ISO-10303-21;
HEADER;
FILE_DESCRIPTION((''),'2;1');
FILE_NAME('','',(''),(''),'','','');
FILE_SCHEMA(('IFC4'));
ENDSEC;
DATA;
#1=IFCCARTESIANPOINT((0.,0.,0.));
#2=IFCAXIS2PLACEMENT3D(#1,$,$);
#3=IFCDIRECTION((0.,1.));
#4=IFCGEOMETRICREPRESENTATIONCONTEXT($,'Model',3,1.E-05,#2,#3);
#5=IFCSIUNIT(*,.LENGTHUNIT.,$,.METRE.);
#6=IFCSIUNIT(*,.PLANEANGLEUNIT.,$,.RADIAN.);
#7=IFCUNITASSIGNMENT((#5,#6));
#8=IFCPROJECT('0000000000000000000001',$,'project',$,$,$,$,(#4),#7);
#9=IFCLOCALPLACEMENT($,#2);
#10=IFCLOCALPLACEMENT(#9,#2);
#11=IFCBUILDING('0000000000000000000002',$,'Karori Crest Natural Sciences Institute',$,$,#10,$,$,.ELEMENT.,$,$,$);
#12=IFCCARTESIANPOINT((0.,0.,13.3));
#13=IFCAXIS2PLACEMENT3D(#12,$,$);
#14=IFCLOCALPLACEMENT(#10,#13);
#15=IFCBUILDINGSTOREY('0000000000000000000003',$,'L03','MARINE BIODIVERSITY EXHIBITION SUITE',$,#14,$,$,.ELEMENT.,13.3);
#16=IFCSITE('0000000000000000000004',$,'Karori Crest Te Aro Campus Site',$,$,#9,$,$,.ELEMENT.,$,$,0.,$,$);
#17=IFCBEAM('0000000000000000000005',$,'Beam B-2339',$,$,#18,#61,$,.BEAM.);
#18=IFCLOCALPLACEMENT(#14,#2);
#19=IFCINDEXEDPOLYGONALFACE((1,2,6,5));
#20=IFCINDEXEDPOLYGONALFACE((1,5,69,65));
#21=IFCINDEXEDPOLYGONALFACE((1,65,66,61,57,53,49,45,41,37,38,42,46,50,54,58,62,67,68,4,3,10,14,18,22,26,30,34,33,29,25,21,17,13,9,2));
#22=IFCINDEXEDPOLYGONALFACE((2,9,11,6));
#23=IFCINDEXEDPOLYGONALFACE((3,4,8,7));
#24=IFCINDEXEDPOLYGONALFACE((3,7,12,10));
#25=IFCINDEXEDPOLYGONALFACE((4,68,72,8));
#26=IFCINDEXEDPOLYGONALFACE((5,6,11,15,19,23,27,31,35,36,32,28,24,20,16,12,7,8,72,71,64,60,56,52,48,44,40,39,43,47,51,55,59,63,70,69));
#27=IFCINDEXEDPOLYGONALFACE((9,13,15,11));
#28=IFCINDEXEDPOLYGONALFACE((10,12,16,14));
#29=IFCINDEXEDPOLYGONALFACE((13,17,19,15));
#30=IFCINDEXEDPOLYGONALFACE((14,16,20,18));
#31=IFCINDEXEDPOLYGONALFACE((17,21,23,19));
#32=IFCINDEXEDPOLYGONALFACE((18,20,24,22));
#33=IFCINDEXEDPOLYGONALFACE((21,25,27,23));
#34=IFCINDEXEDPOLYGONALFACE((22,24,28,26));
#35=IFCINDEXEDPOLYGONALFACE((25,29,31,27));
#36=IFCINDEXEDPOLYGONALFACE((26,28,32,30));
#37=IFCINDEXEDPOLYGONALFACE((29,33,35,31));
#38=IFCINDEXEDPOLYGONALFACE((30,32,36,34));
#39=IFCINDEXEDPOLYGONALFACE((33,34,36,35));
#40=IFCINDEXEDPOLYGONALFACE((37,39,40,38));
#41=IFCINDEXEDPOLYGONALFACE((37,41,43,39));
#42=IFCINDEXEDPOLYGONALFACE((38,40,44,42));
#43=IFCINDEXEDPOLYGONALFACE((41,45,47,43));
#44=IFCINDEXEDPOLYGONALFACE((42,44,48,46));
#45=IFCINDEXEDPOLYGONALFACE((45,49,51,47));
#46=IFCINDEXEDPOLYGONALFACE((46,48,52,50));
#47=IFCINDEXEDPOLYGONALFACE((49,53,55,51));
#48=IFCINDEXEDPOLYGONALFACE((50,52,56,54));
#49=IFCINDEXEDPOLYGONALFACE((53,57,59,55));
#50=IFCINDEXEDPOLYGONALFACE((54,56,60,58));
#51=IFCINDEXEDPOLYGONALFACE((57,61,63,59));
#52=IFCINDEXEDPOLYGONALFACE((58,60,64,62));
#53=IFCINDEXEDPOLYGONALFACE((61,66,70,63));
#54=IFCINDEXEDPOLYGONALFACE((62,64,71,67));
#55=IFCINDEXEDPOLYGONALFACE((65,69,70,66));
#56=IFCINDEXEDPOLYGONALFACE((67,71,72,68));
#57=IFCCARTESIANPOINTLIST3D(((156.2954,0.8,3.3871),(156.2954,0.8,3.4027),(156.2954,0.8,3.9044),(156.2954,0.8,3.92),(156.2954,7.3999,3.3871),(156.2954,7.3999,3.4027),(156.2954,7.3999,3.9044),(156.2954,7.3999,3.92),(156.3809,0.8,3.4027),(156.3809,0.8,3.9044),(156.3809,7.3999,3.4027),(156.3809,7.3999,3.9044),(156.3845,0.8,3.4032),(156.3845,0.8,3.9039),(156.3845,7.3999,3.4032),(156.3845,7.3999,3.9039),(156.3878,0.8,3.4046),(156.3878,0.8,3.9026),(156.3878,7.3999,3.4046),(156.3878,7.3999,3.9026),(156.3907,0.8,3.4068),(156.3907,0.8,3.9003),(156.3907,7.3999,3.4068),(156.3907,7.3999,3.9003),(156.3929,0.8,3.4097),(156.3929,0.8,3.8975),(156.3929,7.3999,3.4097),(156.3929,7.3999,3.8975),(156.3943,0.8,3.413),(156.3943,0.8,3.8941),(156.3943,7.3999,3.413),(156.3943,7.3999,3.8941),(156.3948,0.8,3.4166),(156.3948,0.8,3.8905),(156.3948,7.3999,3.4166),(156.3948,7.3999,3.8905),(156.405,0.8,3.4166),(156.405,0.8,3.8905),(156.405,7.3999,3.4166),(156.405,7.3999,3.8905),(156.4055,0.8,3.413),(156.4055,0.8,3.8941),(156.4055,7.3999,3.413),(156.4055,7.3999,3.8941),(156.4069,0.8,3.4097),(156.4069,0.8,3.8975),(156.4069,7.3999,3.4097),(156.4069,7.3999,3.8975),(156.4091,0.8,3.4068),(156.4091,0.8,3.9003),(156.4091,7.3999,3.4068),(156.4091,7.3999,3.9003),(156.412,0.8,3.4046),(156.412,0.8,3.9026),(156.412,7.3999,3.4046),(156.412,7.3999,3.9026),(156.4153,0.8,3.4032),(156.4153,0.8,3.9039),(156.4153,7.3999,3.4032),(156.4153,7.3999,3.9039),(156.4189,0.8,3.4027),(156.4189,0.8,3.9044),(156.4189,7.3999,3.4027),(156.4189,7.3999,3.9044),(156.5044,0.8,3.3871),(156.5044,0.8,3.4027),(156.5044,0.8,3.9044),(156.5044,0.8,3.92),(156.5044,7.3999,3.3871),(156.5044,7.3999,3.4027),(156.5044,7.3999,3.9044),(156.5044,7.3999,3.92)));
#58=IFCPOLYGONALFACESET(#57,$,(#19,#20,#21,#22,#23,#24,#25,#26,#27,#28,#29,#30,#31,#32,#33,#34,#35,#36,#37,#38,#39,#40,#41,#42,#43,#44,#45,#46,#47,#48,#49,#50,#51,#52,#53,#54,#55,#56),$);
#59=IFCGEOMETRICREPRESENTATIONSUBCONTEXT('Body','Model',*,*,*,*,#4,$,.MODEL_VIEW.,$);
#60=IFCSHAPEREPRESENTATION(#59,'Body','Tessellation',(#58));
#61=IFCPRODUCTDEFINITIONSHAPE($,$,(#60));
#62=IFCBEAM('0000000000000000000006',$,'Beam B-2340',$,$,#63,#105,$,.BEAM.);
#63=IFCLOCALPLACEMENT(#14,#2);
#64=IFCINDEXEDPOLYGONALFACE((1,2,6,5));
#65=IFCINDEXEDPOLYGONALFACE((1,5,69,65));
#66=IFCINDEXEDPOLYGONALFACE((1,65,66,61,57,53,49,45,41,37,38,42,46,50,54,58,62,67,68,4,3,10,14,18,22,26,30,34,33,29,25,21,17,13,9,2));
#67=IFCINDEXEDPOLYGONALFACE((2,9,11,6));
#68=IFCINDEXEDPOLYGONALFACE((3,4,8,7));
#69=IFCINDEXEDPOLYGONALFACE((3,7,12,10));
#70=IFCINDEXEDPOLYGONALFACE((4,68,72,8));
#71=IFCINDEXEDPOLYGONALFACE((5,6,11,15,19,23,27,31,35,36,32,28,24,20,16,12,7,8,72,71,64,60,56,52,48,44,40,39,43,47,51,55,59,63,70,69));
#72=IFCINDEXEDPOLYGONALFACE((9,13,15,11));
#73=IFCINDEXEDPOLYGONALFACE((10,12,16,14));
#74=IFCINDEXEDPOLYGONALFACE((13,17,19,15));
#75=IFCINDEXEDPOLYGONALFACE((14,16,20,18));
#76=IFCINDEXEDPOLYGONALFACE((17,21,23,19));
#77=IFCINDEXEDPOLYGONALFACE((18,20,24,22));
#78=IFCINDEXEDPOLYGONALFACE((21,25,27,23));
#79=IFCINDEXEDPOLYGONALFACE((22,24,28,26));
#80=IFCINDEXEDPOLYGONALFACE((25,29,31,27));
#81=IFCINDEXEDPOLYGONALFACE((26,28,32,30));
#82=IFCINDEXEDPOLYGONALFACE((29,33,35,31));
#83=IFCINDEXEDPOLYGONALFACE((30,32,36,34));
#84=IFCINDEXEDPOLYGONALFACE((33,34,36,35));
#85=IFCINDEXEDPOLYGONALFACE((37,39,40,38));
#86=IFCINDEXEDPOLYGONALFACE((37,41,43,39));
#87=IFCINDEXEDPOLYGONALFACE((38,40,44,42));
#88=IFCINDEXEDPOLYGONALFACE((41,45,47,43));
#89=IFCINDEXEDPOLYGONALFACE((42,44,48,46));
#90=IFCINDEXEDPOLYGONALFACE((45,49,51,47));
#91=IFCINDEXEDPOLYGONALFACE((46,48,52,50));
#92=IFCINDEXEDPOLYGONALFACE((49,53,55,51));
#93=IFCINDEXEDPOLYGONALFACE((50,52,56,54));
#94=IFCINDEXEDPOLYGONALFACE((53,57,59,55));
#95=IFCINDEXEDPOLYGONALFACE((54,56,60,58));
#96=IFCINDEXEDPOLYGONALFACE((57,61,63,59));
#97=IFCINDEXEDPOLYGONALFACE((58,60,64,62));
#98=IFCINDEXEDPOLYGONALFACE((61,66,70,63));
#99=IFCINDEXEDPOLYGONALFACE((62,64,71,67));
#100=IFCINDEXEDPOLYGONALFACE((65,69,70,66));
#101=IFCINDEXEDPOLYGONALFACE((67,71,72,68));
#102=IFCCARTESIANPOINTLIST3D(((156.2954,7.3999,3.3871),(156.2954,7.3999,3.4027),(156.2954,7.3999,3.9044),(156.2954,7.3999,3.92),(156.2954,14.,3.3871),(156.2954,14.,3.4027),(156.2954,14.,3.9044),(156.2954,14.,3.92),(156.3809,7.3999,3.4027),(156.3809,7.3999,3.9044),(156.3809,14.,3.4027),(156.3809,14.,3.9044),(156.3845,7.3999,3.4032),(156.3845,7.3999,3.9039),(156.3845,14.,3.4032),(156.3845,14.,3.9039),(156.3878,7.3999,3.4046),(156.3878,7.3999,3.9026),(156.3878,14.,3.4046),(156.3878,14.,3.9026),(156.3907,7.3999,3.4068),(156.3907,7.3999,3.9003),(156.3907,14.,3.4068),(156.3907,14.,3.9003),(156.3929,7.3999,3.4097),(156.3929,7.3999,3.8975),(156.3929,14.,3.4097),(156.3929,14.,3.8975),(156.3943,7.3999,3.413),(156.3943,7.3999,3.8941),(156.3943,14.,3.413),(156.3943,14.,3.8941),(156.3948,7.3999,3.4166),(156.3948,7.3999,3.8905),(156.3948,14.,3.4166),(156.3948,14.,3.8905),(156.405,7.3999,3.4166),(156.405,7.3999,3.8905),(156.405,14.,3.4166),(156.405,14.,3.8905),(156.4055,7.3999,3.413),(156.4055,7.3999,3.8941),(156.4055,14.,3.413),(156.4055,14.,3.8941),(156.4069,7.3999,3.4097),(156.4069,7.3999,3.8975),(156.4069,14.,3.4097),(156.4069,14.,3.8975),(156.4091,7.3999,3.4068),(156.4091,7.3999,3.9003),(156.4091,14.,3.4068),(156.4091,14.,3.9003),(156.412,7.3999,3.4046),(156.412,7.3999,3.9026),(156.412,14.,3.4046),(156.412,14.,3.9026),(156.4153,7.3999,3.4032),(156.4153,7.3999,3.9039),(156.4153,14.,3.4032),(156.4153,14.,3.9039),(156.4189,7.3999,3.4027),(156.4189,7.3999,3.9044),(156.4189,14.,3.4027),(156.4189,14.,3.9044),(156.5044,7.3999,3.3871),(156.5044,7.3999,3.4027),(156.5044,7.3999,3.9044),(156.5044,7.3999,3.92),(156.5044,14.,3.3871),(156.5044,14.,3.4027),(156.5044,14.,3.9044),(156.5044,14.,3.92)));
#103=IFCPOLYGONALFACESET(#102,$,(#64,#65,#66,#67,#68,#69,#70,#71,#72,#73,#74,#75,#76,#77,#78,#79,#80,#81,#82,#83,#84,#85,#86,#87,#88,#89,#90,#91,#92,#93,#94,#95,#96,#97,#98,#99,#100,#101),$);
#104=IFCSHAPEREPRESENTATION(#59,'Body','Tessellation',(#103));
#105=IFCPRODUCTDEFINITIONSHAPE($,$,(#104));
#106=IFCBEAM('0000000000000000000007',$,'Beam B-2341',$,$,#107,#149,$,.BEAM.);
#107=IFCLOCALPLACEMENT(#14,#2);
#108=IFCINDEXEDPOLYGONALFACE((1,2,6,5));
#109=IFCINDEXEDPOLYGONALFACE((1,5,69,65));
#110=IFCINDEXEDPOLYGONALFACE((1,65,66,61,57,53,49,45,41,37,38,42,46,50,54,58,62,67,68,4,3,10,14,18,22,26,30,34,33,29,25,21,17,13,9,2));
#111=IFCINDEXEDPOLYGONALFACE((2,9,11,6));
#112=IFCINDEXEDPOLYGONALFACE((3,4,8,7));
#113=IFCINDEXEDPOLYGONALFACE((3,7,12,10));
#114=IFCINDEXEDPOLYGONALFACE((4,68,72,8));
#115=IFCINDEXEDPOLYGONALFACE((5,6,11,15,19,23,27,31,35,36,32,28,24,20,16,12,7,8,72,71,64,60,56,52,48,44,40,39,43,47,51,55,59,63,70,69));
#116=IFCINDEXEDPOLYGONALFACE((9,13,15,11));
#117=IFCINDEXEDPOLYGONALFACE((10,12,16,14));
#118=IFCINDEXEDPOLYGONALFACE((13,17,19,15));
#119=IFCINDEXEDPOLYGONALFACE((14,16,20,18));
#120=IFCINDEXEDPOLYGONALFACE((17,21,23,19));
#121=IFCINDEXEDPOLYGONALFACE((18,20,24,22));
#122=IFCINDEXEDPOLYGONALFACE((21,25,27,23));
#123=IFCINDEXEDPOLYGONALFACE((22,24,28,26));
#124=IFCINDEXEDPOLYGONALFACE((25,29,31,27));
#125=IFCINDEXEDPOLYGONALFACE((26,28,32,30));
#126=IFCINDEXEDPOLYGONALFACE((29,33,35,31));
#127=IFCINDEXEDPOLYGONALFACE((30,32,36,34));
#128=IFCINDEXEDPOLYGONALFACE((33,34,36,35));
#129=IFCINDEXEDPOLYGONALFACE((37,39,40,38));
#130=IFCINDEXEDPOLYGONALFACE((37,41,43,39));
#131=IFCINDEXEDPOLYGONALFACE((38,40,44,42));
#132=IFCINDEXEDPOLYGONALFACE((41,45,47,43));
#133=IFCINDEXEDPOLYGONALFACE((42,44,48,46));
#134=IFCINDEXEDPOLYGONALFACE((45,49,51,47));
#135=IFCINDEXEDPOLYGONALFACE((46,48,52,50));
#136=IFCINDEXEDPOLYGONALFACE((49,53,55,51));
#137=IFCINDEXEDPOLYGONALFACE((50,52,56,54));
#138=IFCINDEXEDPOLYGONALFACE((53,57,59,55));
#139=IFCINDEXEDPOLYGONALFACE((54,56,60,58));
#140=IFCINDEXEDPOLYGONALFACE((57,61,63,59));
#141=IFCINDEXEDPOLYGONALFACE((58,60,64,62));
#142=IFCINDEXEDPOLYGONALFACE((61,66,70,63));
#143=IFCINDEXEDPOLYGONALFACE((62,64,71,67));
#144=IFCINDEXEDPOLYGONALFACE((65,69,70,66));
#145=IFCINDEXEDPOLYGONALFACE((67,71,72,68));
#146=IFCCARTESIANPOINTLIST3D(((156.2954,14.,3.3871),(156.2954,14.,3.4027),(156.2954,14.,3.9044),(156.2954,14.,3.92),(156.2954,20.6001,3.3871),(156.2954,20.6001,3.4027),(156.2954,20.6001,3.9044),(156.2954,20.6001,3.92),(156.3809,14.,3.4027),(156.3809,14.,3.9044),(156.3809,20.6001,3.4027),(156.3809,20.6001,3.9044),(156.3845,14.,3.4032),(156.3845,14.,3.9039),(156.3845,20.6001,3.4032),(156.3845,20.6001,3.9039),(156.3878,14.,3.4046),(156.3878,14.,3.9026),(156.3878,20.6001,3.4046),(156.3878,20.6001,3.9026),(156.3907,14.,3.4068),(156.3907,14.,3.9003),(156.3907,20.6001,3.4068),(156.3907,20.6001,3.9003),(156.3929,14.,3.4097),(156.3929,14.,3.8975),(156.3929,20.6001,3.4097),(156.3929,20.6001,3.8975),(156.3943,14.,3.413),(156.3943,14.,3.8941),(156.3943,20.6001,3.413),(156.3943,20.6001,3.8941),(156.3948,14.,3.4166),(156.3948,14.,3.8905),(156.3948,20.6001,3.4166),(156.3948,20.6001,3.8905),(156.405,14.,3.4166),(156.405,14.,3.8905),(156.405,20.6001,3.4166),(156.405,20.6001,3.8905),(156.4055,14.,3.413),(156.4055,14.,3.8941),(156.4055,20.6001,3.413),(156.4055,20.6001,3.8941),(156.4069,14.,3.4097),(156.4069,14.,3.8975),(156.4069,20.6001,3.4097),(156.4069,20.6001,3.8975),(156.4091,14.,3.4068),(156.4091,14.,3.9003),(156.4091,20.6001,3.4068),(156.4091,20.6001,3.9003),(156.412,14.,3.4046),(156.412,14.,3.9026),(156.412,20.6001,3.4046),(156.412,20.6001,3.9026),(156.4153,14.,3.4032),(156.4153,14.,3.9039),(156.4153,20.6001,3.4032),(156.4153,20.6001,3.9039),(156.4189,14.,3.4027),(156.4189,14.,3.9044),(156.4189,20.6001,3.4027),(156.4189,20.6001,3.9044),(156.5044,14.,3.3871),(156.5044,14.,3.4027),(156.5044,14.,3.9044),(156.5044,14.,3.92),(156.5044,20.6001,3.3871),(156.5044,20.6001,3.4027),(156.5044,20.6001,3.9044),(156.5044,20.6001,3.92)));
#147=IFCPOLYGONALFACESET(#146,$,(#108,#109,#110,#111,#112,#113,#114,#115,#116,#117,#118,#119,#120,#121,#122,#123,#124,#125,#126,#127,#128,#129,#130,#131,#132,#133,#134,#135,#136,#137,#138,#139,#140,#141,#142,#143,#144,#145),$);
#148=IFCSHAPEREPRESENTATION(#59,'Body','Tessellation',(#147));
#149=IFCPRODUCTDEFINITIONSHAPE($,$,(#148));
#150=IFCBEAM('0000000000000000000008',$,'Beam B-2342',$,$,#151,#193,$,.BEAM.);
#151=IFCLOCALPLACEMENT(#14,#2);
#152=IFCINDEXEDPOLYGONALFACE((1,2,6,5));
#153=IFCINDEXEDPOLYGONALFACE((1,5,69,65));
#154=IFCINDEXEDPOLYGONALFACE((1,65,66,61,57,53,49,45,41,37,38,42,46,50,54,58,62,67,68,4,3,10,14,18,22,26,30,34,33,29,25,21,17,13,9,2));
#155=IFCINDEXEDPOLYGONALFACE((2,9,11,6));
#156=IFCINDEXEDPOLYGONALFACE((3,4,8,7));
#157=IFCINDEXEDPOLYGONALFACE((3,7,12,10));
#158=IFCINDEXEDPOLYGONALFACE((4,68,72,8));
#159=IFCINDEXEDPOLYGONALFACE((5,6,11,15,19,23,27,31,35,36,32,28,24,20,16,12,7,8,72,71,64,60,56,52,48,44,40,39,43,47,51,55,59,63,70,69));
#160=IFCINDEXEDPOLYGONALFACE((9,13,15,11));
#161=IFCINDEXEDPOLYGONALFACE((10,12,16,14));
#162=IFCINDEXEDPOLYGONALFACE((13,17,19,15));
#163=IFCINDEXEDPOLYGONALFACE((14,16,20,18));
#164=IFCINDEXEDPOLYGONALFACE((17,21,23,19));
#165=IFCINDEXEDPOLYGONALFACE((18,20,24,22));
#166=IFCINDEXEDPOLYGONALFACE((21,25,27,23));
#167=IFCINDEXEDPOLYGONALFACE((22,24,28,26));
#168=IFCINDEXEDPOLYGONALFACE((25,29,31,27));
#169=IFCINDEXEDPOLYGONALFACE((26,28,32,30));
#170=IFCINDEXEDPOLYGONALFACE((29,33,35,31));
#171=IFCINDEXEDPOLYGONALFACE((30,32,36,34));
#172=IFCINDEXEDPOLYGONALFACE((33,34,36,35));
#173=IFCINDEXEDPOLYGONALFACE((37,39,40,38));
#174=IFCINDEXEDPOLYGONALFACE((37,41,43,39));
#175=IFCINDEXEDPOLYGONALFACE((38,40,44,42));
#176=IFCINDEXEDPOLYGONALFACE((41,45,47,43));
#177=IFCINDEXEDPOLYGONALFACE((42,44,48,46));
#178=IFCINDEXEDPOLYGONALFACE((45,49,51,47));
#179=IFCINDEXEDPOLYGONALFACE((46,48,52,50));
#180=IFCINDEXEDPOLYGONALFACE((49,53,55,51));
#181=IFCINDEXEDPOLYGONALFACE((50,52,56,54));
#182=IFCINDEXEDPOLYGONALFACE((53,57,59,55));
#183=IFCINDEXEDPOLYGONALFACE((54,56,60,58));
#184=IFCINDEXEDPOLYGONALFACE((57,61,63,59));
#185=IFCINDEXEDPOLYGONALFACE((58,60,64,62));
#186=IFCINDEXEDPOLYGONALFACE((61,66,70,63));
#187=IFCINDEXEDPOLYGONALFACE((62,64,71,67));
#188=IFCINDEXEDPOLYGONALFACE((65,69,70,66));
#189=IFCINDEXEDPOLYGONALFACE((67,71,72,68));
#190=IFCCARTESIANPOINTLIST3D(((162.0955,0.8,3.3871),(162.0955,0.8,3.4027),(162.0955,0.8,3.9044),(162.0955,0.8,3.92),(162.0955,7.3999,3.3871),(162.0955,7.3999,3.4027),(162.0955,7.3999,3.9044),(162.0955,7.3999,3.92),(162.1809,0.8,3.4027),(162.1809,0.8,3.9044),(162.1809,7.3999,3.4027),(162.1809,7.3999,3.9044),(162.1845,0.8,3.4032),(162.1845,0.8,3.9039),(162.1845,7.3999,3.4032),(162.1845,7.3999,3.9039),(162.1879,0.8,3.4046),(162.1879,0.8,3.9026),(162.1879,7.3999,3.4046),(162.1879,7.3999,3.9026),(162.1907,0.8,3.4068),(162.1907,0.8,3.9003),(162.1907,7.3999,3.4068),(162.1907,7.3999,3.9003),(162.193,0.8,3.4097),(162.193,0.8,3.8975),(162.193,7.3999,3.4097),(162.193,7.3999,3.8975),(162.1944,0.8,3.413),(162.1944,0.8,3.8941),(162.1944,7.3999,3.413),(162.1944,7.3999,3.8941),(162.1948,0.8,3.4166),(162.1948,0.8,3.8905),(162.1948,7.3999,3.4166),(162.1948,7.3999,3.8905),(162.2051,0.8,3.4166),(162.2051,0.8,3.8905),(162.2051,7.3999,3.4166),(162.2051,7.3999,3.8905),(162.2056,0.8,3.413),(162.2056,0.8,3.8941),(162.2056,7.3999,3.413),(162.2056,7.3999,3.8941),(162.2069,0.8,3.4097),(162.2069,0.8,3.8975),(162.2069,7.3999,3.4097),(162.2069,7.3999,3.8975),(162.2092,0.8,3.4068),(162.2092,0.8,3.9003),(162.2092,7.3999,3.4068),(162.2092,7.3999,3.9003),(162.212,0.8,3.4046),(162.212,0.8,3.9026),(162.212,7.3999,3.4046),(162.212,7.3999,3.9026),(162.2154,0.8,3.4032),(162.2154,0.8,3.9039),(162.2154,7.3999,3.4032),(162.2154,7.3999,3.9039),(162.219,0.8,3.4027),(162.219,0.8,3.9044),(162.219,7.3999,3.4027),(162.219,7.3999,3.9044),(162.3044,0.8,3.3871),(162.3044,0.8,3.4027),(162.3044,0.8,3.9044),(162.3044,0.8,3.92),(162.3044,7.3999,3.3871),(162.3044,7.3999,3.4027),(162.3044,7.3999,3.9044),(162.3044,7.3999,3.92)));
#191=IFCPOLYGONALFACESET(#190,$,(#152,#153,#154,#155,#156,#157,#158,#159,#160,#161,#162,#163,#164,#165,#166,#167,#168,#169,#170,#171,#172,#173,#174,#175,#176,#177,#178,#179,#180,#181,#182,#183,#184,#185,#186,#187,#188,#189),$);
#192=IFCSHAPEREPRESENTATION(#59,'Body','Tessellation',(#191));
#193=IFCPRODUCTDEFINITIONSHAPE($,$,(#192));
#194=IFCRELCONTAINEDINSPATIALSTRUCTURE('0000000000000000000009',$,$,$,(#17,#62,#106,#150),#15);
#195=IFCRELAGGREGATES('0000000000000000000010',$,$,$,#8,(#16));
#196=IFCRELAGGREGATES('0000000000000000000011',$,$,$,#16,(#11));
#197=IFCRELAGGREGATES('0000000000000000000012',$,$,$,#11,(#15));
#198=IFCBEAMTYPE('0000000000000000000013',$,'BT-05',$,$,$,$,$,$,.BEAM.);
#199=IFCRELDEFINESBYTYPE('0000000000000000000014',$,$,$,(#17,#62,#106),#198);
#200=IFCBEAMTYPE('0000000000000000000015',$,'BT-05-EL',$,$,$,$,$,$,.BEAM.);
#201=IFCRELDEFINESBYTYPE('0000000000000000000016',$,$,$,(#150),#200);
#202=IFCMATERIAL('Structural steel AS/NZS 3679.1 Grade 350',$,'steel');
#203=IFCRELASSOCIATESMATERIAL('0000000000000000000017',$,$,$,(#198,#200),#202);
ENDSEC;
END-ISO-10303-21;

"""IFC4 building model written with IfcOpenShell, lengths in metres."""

from ifc_helpers import new_model, si_unit, direction, frame, origin, origin_2d, place, context, subcontext, project, spatial, i_section, extrude, material, material_profile, profile_set, type_object, element, save


model = new_model("IFC4")

# Units and contexts
model_context = context("Model", 3, precision=1e-05, world=origin(), true_north=direction((0.0, 1.0)))
body_context = subcontext(model_context, "Body", "Model", "MODEL_VIEW")
ifc_project = project(units=[si_unit("LENGTHUNIT", "METRE"), si_unit("PLANEANGLEUNIT", "RADIAN")], contexts=[model_context])

# Site, building, storey
site_placement = place(None, origin())
site = spatial("IfcSite", under=ifc_project, at=site_placement, Name="Karori Crest Te Aro Campus Site", CompositionType="ELEMENT", RefElevation=0.0)
building_placement = place(site_placement, origin())
building = spatial("IfcBuilding", under=site, at=building_placement, Name="Karori Crest Natural Sciences Institute", CompositionType="ELEMENT")
storey_placement = place(building_placement, frame((0.0, 0.0, 13.3)))
storey = spatial("IfcBuildingStorey", under=building, at=storey_placement, Name="L03", Description="MARINE BIODIVERSITY EXHIBITION SUITE", CompositionType="ELEMENT", Elevation=13.3)

# Shared definitions
ifc_material_1 = material(Name="Structural steel AS/NZS 3679.1 Grade 350", Category="steel")

# Beams
ifc_material_profile_1 = material_profile(ifc_material_1, i_section(OverallWidth=0.209, OverallDepth=0.533, WebThickness=0.0103, FlangeThickness=0.0156, FilletRadius=0.0139, at=origin_2d()), Name="530UB92.4")
ifc_profile_set_1 = profile_set([ifc_material_profile_1], Name="Structural steel AS/NZS 3679.1 Grade 350")
beam_type_1 = type_object("IfcBeamType", Name="BT-05", PredefinedType="BEAM", material=ifc_profile_set_1)
beam_1_placement = place(storey_placement, frame((156.3999, 0.8, 3.6536), z_axis=(0.0, 1.0, 0.0), x_axis=(-1.0, 0.0, 0.0)))
element("IfcBeam", 1, at=beam_1_placement, inside=storey, type_object=beam_type_1, Name="Beam B-2339", PredefinedType="BEAM", context=body_context, shape_type="SweptSolid", body=[
    extrude(i_section(OverallWidth=0.209, OverallDepth=0.533, WebThickness=0.0103, FlangeThickness=0.0156, FilletRadius=0.0139, at=origin_2d()), origin(), (0.0, 0.0, 1.0), 6.5999),
])
for number, where, z_axis, x_axis, name in (
    (2, (156.3999, 7.3999, 3.6536), (0.0, 1.0, 0.0), (-1.0, 0.0, 0.0), "Beam B-2340"),
    (3, (156.3999, 14.0, 3.6536), (0.0, 1.0, 0.0), (-1.0, 0.0, 0.0), "Beam B-2341"),
):
    element("IfcBeam", number, at=place(storey_placement, frame(where, z_axis=z_axis, x_axis=x_axis)), inside=storey, type_object=beam_type_1, Name=name, PredefinedType="BEAM", context=body_context, shape_type="SweptSolid", body=[
        extrude(i_section(OverallWidth=0.209, OverallDepth=0.533, WebThickness=0.0103, FlangeThickness=0.0156, FilletRadius=0.0139, at=origin_2d()), origin(), (0.0, 0.0, 1.0), 6.6001),
    ])
ifc_material_profile_2 = material_profile(ifc_material_1, i_section(OverallWidth=0.209, OverallDepth=0.533, WebThickness=0.0103, FlangeThickness=0.0156, FilletRadius=0.0139, at=origin_2d()), Name="530UB92.4")
ifc_profile_set_2 = profile_set([ifc_material_profile_2], Name="Structural steel AS/NZS 3679.1 Grade 350")
beam_type_2 = type_object("IfcBeamType", Name="BT-05-EL", PredefinedType="BEAM", material=ifc_profile_set_2)
beam_2_placement = place(storey_placement, frame((162.2, 0.8, 3.6536), z_axis=(0.0, 1.0, 0.0), x_axis=(-1.0, 0.0, 0.0)))
element("IfcBeam", 4, at=beam_2_placement, inside=storey, type_object=beam_type_2, Name="Beam B-2342", PredefinedType="BEAM", context=body_context, shape_type="SweptSolid", body=[
    extrude(i_section(OverallWidth=0.209, OverallDepth=0.533, WebThickness=0.0103, FlangeThickness=0.0156, FilletRadius=0.0139, at=origin_2d()), origin(), (0.0, 0.0, 1.0), 6.5999),
])

save(model, "model.ifc")
